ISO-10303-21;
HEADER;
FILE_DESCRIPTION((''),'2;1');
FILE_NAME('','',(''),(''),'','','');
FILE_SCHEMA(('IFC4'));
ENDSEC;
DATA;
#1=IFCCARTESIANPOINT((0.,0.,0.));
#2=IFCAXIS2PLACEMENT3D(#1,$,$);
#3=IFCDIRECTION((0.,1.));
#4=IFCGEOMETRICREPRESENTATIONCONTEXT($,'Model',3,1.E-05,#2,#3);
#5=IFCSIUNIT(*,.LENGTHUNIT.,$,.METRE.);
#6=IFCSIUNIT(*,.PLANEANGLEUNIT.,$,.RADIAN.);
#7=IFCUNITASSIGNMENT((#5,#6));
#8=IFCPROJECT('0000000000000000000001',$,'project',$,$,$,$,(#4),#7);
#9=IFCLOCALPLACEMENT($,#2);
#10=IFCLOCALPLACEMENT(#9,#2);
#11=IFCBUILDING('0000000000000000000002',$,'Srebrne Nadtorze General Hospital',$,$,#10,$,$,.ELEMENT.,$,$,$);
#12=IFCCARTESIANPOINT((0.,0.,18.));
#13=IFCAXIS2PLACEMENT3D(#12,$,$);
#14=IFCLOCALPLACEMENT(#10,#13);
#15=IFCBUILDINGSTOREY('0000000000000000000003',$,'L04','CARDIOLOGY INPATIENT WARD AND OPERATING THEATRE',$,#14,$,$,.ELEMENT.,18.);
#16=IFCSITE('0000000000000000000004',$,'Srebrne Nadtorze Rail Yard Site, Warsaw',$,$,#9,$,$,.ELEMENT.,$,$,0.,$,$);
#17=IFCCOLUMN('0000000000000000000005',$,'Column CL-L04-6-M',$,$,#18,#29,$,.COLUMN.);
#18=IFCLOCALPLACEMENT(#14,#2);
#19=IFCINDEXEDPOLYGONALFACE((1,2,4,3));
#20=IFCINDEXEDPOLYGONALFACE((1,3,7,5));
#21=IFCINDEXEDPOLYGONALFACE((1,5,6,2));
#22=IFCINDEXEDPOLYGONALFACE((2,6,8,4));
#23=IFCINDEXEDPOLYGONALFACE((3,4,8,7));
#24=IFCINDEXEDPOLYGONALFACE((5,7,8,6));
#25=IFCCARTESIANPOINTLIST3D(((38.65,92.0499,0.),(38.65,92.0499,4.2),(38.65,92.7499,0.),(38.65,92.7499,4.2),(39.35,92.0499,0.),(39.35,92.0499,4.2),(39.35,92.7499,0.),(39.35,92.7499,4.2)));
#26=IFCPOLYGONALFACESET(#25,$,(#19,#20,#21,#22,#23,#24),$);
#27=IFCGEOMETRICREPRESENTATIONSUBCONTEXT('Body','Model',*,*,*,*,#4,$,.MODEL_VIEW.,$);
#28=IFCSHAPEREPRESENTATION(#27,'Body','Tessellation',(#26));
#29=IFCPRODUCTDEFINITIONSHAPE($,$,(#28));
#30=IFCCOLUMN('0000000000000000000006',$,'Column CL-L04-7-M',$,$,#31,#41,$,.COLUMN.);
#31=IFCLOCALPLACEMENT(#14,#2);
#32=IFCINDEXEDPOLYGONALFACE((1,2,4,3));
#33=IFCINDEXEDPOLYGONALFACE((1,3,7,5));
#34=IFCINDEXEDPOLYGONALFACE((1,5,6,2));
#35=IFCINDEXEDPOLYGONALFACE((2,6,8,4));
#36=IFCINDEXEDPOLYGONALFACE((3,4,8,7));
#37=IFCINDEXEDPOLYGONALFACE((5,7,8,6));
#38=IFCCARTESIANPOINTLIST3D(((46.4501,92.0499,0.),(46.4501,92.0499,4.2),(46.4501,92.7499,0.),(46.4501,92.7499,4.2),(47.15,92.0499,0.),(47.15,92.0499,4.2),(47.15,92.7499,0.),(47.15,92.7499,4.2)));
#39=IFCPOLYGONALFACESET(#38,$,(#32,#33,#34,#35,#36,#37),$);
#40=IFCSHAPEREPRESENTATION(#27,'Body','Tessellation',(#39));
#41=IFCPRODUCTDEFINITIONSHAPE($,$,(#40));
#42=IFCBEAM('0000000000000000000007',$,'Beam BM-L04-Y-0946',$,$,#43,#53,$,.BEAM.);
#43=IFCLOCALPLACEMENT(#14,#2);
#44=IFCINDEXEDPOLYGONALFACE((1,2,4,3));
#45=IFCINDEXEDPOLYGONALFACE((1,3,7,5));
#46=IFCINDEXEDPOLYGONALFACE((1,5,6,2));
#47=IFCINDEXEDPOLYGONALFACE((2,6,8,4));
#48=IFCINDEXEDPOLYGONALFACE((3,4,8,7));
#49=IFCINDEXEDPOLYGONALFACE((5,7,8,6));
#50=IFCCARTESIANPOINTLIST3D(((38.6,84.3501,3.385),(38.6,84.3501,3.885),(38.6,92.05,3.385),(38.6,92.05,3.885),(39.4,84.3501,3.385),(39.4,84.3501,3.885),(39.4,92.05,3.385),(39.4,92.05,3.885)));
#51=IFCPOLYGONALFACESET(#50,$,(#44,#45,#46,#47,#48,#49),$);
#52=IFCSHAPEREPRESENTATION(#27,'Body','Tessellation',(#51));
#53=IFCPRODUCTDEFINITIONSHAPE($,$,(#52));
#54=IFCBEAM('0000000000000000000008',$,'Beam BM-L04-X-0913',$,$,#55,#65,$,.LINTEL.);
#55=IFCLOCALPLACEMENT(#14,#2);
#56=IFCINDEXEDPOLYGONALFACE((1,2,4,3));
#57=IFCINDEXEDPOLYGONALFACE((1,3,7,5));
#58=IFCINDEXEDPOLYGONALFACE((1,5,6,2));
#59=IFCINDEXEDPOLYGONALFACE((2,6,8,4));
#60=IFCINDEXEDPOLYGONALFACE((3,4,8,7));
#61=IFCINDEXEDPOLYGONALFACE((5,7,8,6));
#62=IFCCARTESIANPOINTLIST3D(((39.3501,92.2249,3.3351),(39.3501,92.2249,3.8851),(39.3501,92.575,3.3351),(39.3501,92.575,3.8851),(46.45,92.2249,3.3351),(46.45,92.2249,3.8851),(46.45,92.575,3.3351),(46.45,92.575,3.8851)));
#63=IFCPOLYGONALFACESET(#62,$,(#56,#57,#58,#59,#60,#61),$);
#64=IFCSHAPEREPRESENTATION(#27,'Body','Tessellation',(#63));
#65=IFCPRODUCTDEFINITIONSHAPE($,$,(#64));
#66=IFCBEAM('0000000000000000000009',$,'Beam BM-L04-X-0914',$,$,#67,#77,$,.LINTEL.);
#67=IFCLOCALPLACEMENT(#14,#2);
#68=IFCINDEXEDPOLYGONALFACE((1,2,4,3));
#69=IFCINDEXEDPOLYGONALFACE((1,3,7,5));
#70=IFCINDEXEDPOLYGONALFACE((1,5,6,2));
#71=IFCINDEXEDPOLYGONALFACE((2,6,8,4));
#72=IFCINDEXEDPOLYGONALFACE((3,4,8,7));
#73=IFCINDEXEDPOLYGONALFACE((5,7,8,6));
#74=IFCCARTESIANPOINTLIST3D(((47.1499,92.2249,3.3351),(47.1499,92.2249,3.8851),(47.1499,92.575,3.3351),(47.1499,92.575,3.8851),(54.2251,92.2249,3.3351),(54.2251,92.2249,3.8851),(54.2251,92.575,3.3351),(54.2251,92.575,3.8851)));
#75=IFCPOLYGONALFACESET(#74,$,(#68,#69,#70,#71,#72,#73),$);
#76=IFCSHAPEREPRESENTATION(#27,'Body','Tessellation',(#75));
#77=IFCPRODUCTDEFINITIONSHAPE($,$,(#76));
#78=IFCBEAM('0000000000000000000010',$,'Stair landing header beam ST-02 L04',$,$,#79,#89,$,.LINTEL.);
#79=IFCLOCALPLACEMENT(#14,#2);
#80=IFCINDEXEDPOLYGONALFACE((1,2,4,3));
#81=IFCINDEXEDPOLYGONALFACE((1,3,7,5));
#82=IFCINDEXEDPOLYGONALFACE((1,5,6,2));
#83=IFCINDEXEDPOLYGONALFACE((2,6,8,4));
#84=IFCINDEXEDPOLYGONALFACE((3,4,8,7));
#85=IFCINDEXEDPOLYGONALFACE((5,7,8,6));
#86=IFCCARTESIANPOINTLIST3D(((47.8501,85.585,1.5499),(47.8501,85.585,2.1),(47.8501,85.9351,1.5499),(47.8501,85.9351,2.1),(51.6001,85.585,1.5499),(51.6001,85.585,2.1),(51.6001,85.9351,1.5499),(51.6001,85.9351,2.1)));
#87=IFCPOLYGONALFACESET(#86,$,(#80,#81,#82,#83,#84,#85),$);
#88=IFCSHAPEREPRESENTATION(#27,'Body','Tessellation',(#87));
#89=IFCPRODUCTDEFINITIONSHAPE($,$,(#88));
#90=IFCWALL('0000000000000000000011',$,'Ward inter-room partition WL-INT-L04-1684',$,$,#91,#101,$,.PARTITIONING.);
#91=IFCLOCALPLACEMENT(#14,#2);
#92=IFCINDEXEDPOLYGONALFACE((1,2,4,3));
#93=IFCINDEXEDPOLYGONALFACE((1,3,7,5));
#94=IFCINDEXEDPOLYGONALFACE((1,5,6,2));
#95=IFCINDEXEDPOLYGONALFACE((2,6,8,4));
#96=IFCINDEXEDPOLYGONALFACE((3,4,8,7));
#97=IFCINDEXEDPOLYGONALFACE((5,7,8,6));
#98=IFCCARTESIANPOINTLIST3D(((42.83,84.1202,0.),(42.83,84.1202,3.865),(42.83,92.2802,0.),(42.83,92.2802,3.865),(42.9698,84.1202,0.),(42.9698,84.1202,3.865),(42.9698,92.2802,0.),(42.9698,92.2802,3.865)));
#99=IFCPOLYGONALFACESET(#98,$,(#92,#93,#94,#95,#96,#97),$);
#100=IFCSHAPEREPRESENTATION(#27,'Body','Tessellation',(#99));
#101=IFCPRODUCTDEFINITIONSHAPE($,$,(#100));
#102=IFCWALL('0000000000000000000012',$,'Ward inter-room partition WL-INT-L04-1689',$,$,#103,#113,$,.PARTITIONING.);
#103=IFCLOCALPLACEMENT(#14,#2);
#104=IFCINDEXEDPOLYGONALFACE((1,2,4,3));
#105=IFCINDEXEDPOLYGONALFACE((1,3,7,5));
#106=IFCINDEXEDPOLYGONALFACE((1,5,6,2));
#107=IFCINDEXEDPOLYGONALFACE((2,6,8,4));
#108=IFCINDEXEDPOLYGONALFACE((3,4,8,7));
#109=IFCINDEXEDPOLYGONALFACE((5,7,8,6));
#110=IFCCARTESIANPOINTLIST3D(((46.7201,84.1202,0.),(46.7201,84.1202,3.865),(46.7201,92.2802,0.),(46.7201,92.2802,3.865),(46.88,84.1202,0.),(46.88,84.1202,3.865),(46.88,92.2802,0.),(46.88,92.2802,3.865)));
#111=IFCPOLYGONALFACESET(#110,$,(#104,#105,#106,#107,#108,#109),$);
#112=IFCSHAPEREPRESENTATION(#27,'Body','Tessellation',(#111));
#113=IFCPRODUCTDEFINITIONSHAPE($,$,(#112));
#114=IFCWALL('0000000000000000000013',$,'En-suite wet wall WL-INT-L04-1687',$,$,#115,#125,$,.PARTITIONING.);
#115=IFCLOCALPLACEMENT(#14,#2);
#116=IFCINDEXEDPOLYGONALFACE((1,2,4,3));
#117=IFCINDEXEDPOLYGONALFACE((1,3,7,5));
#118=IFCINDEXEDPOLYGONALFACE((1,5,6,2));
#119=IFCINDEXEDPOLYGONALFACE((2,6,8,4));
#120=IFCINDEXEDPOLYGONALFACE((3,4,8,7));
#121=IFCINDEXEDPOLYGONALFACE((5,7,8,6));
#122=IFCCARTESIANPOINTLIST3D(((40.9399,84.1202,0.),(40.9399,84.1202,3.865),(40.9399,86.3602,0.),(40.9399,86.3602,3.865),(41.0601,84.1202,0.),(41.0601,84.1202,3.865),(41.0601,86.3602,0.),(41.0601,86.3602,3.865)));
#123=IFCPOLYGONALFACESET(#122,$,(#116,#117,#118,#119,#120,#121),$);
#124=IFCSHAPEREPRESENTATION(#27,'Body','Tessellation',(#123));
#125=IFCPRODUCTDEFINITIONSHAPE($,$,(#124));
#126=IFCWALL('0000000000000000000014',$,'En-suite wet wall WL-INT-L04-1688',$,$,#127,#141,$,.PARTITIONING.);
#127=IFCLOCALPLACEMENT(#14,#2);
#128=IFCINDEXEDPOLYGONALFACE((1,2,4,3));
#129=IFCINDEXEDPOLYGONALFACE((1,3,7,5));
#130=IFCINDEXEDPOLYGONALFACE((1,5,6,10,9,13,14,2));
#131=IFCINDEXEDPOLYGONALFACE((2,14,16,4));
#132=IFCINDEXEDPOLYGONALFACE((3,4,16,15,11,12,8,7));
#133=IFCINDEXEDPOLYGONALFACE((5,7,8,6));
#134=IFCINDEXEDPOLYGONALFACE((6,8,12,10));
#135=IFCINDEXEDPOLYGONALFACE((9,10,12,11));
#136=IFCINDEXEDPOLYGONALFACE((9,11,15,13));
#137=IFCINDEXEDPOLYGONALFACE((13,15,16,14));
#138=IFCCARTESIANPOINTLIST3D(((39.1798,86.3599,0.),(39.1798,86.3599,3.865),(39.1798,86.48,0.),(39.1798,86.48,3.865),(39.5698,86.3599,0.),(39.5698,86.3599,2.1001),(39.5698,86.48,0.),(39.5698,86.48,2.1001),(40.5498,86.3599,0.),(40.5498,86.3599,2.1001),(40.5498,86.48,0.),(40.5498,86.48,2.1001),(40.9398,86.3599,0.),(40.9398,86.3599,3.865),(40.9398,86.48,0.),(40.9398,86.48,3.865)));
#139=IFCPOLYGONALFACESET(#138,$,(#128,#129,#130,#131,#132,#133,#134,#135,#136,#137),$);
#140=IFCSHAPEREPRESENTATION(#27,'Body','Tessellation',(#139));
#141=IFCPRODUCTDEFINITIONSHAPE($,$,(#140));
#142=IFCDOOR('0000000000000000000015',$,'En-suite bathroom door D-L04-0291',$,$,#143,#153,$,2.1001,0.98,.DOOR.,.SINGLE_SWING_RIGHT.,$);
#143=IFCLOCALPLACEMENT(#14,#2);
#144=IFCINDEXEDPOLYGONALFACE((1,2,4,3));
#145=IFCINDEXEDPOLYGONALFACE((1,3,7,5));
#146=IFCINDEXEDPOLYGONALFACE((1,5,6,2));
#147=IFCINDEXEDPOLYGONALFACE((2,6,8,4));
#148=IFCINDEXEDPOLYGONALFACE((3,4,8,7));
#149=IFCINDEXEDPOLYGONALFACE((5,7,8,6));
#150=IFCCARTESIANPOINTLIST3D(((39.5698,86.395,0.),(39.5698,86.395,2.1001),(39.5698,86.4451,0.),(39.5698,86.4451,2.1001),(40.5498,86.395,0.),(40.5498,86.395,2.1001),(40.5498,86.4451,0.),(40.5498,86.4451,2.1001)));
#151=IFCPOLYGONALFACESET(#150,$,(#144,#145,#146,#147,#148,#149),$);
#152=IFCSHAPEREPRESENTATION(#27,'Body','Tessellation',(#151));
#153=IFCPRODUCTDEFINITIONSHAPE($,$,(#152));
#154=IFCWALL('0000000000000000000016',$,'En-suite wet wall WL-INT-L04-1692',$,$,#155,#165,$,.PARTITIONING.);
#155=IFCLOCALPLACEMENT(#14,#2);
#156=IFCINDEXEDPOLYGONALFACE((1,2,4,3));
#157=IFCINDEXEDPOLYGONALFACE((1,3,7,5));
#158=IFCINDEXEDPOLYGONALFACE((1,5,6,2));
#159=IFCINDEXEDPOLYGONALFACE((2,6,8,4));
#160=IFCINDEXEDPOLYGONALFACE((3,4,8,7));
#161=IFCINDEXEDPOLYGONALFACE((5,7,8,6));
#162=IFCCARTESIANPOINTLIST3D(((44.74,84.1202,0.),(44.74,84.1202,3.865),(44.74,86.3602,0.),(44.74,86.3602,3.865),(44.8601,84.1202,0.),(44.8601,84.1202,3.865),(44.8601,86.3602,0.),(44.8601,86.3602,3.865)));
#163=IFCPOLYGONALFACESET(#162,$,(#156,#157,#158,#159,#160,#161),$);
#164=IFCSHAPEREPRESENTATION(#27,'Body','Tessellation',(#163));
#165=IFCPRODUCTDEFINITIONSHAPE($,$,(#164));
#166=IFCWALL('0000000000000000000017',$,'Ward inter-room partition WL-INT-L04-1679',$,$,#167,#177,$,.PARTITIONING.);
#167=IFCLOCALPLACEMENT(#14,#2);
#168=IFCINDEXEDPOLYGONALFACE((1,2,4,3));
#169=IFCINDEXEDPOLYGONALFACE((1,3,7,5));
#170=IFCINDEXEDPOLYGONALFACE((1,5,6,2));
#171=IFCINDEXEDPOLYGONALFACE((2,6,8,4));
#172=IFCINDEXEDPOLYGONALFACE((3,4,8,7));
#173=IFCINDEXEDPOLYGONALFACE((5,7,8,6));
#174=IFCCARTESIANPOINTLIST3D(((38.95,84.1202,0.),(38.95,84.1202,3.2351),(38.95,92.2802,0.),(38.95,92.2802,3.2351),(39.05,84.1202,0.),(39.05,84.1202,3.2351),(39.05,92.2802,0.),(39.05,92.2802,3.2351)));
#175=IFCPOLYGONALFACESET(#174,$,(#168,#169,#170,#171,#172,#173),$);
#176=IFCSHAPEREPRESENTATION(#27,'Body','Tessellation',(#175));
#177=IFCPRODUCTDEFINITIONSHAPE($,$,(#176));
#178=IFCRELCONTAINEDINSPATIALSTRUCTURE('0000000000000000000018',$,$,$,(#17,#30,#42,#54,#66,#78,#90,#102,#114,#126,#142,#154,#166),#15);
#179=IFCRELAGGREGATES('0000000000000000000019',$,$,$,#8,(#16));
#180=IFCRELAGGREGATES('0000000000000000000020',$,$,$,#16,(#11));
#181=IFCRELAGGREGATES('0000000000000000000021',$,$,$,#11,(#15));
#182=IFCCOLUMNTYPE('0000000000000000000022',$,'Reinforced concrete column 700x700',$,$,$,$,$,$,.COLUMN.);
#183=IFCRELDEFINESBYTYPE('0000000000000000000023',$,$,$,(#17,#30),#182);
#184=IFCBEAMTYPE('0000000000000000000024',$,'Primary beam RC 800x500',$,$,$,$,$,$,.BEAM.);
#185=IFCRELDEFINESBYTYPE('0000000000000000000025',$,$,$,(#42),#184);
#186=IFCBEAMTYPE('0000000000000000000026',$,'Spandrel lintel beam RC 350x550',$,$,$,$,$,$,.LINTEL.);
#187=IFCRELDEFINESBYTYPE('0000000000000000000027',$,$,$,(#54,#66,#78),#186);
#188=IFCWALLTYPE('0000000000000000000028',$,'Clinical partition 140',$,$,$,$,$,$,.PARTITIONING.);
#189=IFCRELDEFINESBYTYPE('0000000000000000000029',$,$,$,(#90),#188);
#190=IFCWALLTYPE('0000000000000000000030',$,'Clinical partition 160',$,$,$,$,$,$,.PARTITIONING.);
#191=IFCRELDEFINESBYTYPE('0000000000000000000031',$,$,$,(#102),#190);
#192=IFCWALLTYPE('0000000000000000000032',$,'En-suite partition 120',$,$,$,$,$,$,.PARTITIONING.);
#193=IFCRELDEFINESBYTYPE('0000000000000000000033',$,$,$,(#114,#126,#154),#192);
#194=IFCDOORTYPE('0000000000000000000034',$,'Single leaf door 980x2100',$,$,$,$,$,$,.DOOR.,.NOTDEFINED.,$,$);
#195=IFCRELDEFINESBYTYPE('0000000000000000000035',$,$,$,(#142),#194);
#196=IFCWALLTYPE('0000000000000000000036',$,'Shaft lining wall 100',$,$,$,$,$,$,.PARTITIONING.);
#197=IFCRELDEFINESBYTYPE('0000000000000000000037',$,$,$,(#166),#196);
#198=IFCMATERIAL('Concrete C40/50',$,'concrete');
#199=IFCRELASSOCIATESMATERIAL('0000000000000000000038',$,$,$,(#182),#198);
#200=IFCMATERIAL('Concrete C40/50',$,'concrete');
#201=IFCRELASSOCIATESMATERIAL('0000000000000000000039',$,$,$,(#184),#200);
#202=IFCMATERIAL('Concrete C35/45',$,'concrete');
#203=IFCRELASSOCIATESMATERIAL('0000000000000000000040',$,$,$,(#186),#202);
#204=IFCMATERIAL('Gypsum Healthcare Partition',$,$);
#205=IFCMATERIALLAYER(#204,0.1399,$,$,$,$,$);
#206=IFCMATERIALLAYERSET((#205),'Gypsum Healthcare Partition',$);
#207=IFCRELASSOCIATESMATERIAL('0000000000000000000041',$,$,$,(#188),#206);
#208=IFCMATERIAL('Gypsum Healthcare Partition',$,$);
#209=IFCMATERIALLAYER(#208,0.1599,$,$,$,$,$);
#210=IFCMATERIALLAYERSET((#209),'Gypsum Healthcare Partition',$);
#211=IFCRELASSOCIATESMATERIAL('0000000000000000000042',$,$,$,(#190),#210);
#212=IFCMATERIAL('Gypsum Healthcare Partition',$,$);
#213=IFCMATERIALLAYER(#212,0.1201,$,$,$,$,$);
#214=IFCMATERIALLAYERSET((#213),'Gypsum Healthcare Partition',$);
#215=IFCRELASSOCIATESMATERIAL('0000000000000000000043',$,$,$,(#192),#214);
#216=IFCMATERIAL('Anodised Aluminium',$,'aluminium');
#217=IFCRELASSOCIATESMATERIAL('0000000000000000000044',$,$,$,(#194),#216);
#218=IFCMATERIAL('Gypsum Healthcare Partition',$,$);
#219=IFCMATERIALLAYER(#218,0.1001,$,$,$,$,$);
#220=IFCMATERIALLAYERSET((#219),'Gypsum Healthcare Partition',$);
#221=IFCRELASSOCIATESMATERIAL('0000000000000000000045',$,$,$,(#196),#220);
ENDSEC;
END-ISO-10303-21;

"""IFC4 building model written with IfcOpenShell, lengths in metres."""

from ifc_helpers import new_model, si_unit, direction, frame, frame_2d, origin, origin_2d, place, context, subcontext, project, spatial, rectangle, extrude, material, layer, layer_set, material_profile, profile_set, type_object, element, fill, save


model = new_model("IFC4")

# Units and contexts
model_context = context("Model", 3, precision=1e-05, world=origin(), true_north=direction((0.0, 1.0)))
body_context = subcontext(model_context, "Body", "Model", "MODEL_VIEW")
ifc_project = project(units=[si_unit("LENGTHUNIT", "METRE"), si_unit("PLANEANGLEUNIT", "RADIAN")], contexts=[model_context])

# Site, building, storey
site_placement = place(None, origin())
site = spatial("IfcSite", under=ifc_project, at=site_placement, Name="Srebrne Nadtorze Rail Yard Site, Warsaw", CompositionType="ELEMENT", RefElevation=0.0)
building_placement = place(site_placement, origin())
building = spatial("IfcBuilding", under=site, at=building_placement, Name="Srebrne Nadtorze General Hospital", CompositionType="ELEMENT")
storey_placement = place(building_placement, frame((0.0, 0.0, 18.0)))
storey = spatial("IfcBuildingStorey", under=building, at=storey_placement, Name="L04", Description="CARDIOLOGY INPATIENT WARD AND OPERATING THEATRE", CompositionType="ELEMENT", Elevation=18.0)

# Columns
ifc_material_1 = material(Name="Concrete C40/50", Category="concrete")
ifc_material_profile_1 = material_profile(ifc_material_1, rectangle(XDim=0.7, YDim=0.7, at=origin_2d()), Name="RC-COL-700x700")
ifc_profile_set_1 = profile_set([ifc_material_profile_1], Name="Concrete C40/50")
column_type = type_object("IfcColumnType", Name="Reinforced concrete column 700x700", PredefinedType="COLUMN", material=ifc_profile_set_1)
for number, where, z_axis, x_axis, name in (
    (1, (39.0, 92.3999, 0.0), (0.0, 0.0, 1.0), (1.0, 0.0, 0.0), "Column CL-L04-6-M"),
    (2, (46.8, 92.3999, 0.0), (0.0, 0.0, 1.0), (1.0, 0.0, 0.0), "Column CL-L04-7-M"),
):
    element("IfcColumn", number, at=place(storey_placement, frame(where, z_axis=z_axis, x_axis=x_axis)), inside=storey, type_object=column_type, Name=name, PredefinedType="COLUMN", context=body_context, shape_type="SweptSolid", body=[
        extrude(rectangle(XDim=0.7, YDim=0.7, at=origin_2d()), origin(), (0.0, 0.0, 1.0), 4.2),
    ])

# Beams
ifc_material_2 = material(Name="Concrete C40/50", Category="concrete")
ifc_material_profile_2 = material_profile(ifc_material_2, rectangle(XDim=0.8, YDim=0.5, at=origin_2d()), Name="RC-BM-800x500")
ifc_profile_set_2 = profile_set([ifc_material_profile_2], Name="Concrete C40/50")
beam_type_1 = type_object("IfcBeamType", Name="Primary beam RC 800x500", PredefinedType="BEAM", material=ifc_profile_set_2)
beam_1_placement = place(storey_placement, frame((39.0, 84.3501, 3.635), z_axis=(0.0, 1.0, 0.0), x_axis=(-1.0, 0.0, 0.0)))
element("IfcBeam", 3, at=beam_1_placement, inside=storey, type_object=beam_type_1, Name="Beam BM-L04-Y-0946", PredefinedType="BEAM", context=body_context, shape_type="SweptSolid", body=[
    extrude(rectangle(XDim=0.8, YDim=0.5, at=origin_2d()), origin(), (0.0, 0.0, 1.0), 7.7),
])
ifc_material_3 = material(Name="Concrete C35/45", Category="concrete")
ifc_material_profile_3 = material_profile(ifc_material_3, rectangle(XDim=0.3501, YDim=0.55, at=origin_2d()), Name="RC-BM-350x550")
ifc_profile_set_3 = profile_set([ifc_material_profile_3], Name="Concrete C35/45")
beam_type_2 = type_object("IfcBeamType", Name="Spandrel lintel beam RC 350x550", PredefinedType="LINTEL", material=ifc_profile_set_3)
beam_2_placement = place(storey_placement, frame((39.3501, 92.3999, 3.6101), z_axis=(1.0, 0.0, 0.0), x_axis=(0.0, 1.0, 0.0)))
element("IfcBeam", 4, at=beam_2_placement, inside=storey, type_object=beam_type_2, Name="Beam BM-L04-X-0913", PredefinedType="LINTEL", context=body_context, shape_type="SweptSolid", body=[
    extrude(rectangle(XDim=0.3501, YDim=0.55, at=origin_2d()), origin(), (0.0, 0.0, 1.0), 7.0999),
])
beam_3_placement = place(storey_placement, frame((47.1499, 92.3999, 3.6101), z_axis=(1.0, 0.0, 0.0), x_axis=(0.0, 1.0, 0.0)))
element("IfcBeam", 5, at=beam_3_placement, inside=storey, type_object=beam_type_2, Name="Beam BM-L04-X-0914", PredefinedType="LINTEL", context=body_context, shape_type="SweptSolid", body=[
    extrude(rectangle(XDim=0.3501, YDim=0.55, at=origin_2d()), origin(), (0.0, 0.0, 1.0), 7.0752),
])
beam_4_placement = place(storey_placement, frame((47.8501, 85.76, 1.825), z_axis=(1.0, 0.0, 0.0), x_axis=(0.0, 1.0, 0.0)))
element("IfcBeam", 6, at=beam_4_placement, inside=storey, type_object=beam_type_2, Name="Stair landing header beam ST-02 L04", PredefinedType="LINTEL", context=body_context, shape_type="SweptSolid", body=[
    extrude(rectangle(XDim=0.3501, YDim=0.55, at=origin_2d()), origin(), (0.0, 0.0, 1.0), 3.75),
])

# Walls
ifc_material_4 = material(Name="Gypsum Healthcare Partition")
ifc_layer_1 = layer(ifc_material_4, 0.1399)
ifc_layer_set_1 = layer_set([ifc_layer_1], Name="Gypsum Healthcare Partition")
wall_type_1 = type_object("IfcWallType", Name="Clinical partition 140", PredefinedType="PARTITIONING", material=ifc_layer_set_1)
wall_1_placement = place(storey_placement, frame((42.8999, 84.1201, 0.0), z_axis=(0.0, 0.0, 1.0), x_axis=(0.0, 1.0, 0.0)))
element("IfcWall", 7, at=wall_1_placement, inside=storey, type_object=wall_type_1, Name="Ward inter-room partition WL-INT-L04-1684", PredefinedType="PARTITIONING", context=body_context, shape_type="SweptSolid", body=[
    extrude(rectangle(XDim=8.1599, YDim=0.1399, at=frame_2d((4.0801, 0.0))), origin(), (0.0, 0.0, 1.0), 3.865),
])
ifc_material_5 = material(Name="Gypsum Healthcare Partition")
ifc_layer_2 = layer(ifc_material_5, 0.1599)
ifc_layer_set_2 = layer_set([ifc_layer_2], Name="Gypsum Healthcare Partition")
wall_type_2 = type_object("IfcWallType", Name="Clinical partition 160", PredefinedType="PARTITIONING", material=ifc_layer_set_2)
wall_2_placement = place(storey_placement, frame((46.8, 84.1201, 0.0), z_axis=(0.0, 0.0, 1.0), x_axis=(0.0, 1.0, 0.0)))
element("IfcWall", 8, at=wall_2_placement, inside=storey, type_object=wall_type_2, Name="Ward inter-room partition WL-INT-L04-1689", PredefinedType="PARTITIONING", context=body_context, shape_type="SweptSolid", body=[
    extrude(rectangle(XDim=8.1599, YDim=0.1599, at=frame_2d((4.0801, 0.0))), origin(), (0.0, 0.0, 1.0), 3.865),
])
ifc_material_6 = material(Name="Gypsum Healthcare Partition")
ifc_layer_3 = layer(ifc_material_6, 0.1201)
ifc_layer_set_3 = layer_set([ifc_layer_3], Name="Gypsum Healthcare Partition")
wall_type_3 = type_object("IfcWallType", Name="En-suite partition 120", PredefinedType="PARTITIONING", material=ifc_layer_set_3)
wall_3_placement = place(storey_placement, frame((41.0, 84.1201, 0.0), z_axis=(0.0, 0.0, 1.0), x_axis=(0.0, 1.0, 0.0)))
element("IfcWall", 9, at=wall_3_placement, inside=storey, type_object=wall_type_3, Name="En-suite wet wall WL-INT-L04-1687", PredefinedType="PARTITIONING", context=body_context, shape_type="SweptSolid", body=[
    extrude(rectangle(XDim=2.24, YDim=0.1201, at=frame_2d((1.1201, 0.0))), origin(), (0.0, 0.0, 1.0), 3.865),
])

# Wall, opening, door
wall_4_placement = place(storey_placement, frame((39.1799, 86.4199, 0.0), z_axis=(0.0, 0.0, 1.0), x_axis=(1.0, 0.0, 0.0)))
wall_4 = element("IfcWall", 10, at=wall_4_placement, inside=storey, type_object=wall_type_3, Name="En-suite wet wall WL-INT-L04-1688", PredefinedType="PARTITIONING", context=body_context, shape_type="SweptSolid", body=[
    extrude(rectangle(XDim=1.76, YDim=0.1201, at=frame_2d((0.8799, 0.0))), origin(), (0.0, 0.0, 1.0), 3.865),
])
opening_1_placement = place(wall_4_placement, frame((0.3899, 0.0, 0.0)))
opening_1 = element("IfcOpeningElement", 11, at=opening_1_placement, cuts=wall_4, PredefinedType="OPENING", context=body_context, shape_type="SweptSolid", body=[
    extrude(rectangle(XDim=0.98, YDim=2.1001, at=frame_2d((0.49, 1.05))), frame((0.0, 0.072, 0.0), z_axis=(0.0, -1.0, 0.0), x_axis=(1.0, 0.0, 0.0)), (0.0, 0.0, 1.0), 0.144),
])
ifc_material_7 = material(Name="Anodised Aluminium", Category="aluminium")
door_type_1 = type_object("IfcDoorType", Name="Single leaf door 980x2100", OperationType="NOTDEFINED", PredefinedType="DOOR", material=ifc_material_7)
door_1_placement = place(opening_1_placement, frame((0.98, 0.0, 0.0), z_axis=(0.0, 0.0, 1.0), x_axis=(-1.0, 0.0, 0.0)))
door_1 = element("IfcDoor", 12, at=door_1_placement, inside=storey, type_object=door_type_1, Name="En-suite bathroom door D-L04-0291", OperationType="SINGLE_SWING_RIGHT", OverallHeight=2.1001, OverallWidth=0.98, PredefinedType="DOOR", context=body_context, shape_type="SweptSolid", body=[
    extrude(rectangle(XDim=0.98, YDim=2.1001, at=frame_2d((0.49, 1.05))), frame((0.0, 0.0249, 0.0), z_axis=(0.0, -1.0, 0.0), x_axis=(1.0, 0.0, 0.0)), (0.0, 0.0, 1.0), 0.05),
])
fill(opening_1, door_1)

# Wall
wall_5_placement = place(storey_placement, frame((44.8, 84.1201, 0.0), z_axis=(0.0, 0.0, 1.0), x_axis=(0.0, 1.0, 0.0)))
element("IfcWall", 13, at=wall_5_placement, inside=storey, type_object=wall_type_3, Name="En-suite wet wall WL-INT-L04-1692", PredefinedType="PARTITIONING", context=body_context, shape_type="SweptSolid", body=[
    extrude(rectangle(XDim=2.24, YDim=0.1201, at=frame_2d((1.1201, 0.0))), origin(), (0.0, 0.0, 1.0), 3.865),
])

# Wall
ifc_material_8 = material(Name="Gypsum Healthcare Partition")
ifc_layer_4 = layer(ifc_material_8, 0.1001)
ifc_layer_set_4 = layer_set([ifc_layer_4], Name="Gypsum Healthcare Partition")
wall_type_4 = type_object("IfcWallType", Name="Shaft lining wall 100", PredefinedType="PARTITIONING", material=ifc_layer_set_4)
wall_6_placement = place(storey_placement, frame((39.0, 84.1201, 0.0), z_axis=(0.0, 0.0, 1.0), x_axis=(0.0, 1.0, 0.0)))
element("IfcWall", 14, at=wall_6_placement, inside=storey, type_object=wall_type_4, Name="Ward inter-room partition WL-INT-L04-1679", PredefinedType="PARTITIONING", context=body_context, shape_type="SweptSolid", body=[
    extrude(rectangle(XDim=8.1599, YDim=0.1001, at=frame_2d((4.0801, 0.0))), origin(), (0.0, 0.0, 1.0), 3.2351),
])

save(model, "model.ifc")
